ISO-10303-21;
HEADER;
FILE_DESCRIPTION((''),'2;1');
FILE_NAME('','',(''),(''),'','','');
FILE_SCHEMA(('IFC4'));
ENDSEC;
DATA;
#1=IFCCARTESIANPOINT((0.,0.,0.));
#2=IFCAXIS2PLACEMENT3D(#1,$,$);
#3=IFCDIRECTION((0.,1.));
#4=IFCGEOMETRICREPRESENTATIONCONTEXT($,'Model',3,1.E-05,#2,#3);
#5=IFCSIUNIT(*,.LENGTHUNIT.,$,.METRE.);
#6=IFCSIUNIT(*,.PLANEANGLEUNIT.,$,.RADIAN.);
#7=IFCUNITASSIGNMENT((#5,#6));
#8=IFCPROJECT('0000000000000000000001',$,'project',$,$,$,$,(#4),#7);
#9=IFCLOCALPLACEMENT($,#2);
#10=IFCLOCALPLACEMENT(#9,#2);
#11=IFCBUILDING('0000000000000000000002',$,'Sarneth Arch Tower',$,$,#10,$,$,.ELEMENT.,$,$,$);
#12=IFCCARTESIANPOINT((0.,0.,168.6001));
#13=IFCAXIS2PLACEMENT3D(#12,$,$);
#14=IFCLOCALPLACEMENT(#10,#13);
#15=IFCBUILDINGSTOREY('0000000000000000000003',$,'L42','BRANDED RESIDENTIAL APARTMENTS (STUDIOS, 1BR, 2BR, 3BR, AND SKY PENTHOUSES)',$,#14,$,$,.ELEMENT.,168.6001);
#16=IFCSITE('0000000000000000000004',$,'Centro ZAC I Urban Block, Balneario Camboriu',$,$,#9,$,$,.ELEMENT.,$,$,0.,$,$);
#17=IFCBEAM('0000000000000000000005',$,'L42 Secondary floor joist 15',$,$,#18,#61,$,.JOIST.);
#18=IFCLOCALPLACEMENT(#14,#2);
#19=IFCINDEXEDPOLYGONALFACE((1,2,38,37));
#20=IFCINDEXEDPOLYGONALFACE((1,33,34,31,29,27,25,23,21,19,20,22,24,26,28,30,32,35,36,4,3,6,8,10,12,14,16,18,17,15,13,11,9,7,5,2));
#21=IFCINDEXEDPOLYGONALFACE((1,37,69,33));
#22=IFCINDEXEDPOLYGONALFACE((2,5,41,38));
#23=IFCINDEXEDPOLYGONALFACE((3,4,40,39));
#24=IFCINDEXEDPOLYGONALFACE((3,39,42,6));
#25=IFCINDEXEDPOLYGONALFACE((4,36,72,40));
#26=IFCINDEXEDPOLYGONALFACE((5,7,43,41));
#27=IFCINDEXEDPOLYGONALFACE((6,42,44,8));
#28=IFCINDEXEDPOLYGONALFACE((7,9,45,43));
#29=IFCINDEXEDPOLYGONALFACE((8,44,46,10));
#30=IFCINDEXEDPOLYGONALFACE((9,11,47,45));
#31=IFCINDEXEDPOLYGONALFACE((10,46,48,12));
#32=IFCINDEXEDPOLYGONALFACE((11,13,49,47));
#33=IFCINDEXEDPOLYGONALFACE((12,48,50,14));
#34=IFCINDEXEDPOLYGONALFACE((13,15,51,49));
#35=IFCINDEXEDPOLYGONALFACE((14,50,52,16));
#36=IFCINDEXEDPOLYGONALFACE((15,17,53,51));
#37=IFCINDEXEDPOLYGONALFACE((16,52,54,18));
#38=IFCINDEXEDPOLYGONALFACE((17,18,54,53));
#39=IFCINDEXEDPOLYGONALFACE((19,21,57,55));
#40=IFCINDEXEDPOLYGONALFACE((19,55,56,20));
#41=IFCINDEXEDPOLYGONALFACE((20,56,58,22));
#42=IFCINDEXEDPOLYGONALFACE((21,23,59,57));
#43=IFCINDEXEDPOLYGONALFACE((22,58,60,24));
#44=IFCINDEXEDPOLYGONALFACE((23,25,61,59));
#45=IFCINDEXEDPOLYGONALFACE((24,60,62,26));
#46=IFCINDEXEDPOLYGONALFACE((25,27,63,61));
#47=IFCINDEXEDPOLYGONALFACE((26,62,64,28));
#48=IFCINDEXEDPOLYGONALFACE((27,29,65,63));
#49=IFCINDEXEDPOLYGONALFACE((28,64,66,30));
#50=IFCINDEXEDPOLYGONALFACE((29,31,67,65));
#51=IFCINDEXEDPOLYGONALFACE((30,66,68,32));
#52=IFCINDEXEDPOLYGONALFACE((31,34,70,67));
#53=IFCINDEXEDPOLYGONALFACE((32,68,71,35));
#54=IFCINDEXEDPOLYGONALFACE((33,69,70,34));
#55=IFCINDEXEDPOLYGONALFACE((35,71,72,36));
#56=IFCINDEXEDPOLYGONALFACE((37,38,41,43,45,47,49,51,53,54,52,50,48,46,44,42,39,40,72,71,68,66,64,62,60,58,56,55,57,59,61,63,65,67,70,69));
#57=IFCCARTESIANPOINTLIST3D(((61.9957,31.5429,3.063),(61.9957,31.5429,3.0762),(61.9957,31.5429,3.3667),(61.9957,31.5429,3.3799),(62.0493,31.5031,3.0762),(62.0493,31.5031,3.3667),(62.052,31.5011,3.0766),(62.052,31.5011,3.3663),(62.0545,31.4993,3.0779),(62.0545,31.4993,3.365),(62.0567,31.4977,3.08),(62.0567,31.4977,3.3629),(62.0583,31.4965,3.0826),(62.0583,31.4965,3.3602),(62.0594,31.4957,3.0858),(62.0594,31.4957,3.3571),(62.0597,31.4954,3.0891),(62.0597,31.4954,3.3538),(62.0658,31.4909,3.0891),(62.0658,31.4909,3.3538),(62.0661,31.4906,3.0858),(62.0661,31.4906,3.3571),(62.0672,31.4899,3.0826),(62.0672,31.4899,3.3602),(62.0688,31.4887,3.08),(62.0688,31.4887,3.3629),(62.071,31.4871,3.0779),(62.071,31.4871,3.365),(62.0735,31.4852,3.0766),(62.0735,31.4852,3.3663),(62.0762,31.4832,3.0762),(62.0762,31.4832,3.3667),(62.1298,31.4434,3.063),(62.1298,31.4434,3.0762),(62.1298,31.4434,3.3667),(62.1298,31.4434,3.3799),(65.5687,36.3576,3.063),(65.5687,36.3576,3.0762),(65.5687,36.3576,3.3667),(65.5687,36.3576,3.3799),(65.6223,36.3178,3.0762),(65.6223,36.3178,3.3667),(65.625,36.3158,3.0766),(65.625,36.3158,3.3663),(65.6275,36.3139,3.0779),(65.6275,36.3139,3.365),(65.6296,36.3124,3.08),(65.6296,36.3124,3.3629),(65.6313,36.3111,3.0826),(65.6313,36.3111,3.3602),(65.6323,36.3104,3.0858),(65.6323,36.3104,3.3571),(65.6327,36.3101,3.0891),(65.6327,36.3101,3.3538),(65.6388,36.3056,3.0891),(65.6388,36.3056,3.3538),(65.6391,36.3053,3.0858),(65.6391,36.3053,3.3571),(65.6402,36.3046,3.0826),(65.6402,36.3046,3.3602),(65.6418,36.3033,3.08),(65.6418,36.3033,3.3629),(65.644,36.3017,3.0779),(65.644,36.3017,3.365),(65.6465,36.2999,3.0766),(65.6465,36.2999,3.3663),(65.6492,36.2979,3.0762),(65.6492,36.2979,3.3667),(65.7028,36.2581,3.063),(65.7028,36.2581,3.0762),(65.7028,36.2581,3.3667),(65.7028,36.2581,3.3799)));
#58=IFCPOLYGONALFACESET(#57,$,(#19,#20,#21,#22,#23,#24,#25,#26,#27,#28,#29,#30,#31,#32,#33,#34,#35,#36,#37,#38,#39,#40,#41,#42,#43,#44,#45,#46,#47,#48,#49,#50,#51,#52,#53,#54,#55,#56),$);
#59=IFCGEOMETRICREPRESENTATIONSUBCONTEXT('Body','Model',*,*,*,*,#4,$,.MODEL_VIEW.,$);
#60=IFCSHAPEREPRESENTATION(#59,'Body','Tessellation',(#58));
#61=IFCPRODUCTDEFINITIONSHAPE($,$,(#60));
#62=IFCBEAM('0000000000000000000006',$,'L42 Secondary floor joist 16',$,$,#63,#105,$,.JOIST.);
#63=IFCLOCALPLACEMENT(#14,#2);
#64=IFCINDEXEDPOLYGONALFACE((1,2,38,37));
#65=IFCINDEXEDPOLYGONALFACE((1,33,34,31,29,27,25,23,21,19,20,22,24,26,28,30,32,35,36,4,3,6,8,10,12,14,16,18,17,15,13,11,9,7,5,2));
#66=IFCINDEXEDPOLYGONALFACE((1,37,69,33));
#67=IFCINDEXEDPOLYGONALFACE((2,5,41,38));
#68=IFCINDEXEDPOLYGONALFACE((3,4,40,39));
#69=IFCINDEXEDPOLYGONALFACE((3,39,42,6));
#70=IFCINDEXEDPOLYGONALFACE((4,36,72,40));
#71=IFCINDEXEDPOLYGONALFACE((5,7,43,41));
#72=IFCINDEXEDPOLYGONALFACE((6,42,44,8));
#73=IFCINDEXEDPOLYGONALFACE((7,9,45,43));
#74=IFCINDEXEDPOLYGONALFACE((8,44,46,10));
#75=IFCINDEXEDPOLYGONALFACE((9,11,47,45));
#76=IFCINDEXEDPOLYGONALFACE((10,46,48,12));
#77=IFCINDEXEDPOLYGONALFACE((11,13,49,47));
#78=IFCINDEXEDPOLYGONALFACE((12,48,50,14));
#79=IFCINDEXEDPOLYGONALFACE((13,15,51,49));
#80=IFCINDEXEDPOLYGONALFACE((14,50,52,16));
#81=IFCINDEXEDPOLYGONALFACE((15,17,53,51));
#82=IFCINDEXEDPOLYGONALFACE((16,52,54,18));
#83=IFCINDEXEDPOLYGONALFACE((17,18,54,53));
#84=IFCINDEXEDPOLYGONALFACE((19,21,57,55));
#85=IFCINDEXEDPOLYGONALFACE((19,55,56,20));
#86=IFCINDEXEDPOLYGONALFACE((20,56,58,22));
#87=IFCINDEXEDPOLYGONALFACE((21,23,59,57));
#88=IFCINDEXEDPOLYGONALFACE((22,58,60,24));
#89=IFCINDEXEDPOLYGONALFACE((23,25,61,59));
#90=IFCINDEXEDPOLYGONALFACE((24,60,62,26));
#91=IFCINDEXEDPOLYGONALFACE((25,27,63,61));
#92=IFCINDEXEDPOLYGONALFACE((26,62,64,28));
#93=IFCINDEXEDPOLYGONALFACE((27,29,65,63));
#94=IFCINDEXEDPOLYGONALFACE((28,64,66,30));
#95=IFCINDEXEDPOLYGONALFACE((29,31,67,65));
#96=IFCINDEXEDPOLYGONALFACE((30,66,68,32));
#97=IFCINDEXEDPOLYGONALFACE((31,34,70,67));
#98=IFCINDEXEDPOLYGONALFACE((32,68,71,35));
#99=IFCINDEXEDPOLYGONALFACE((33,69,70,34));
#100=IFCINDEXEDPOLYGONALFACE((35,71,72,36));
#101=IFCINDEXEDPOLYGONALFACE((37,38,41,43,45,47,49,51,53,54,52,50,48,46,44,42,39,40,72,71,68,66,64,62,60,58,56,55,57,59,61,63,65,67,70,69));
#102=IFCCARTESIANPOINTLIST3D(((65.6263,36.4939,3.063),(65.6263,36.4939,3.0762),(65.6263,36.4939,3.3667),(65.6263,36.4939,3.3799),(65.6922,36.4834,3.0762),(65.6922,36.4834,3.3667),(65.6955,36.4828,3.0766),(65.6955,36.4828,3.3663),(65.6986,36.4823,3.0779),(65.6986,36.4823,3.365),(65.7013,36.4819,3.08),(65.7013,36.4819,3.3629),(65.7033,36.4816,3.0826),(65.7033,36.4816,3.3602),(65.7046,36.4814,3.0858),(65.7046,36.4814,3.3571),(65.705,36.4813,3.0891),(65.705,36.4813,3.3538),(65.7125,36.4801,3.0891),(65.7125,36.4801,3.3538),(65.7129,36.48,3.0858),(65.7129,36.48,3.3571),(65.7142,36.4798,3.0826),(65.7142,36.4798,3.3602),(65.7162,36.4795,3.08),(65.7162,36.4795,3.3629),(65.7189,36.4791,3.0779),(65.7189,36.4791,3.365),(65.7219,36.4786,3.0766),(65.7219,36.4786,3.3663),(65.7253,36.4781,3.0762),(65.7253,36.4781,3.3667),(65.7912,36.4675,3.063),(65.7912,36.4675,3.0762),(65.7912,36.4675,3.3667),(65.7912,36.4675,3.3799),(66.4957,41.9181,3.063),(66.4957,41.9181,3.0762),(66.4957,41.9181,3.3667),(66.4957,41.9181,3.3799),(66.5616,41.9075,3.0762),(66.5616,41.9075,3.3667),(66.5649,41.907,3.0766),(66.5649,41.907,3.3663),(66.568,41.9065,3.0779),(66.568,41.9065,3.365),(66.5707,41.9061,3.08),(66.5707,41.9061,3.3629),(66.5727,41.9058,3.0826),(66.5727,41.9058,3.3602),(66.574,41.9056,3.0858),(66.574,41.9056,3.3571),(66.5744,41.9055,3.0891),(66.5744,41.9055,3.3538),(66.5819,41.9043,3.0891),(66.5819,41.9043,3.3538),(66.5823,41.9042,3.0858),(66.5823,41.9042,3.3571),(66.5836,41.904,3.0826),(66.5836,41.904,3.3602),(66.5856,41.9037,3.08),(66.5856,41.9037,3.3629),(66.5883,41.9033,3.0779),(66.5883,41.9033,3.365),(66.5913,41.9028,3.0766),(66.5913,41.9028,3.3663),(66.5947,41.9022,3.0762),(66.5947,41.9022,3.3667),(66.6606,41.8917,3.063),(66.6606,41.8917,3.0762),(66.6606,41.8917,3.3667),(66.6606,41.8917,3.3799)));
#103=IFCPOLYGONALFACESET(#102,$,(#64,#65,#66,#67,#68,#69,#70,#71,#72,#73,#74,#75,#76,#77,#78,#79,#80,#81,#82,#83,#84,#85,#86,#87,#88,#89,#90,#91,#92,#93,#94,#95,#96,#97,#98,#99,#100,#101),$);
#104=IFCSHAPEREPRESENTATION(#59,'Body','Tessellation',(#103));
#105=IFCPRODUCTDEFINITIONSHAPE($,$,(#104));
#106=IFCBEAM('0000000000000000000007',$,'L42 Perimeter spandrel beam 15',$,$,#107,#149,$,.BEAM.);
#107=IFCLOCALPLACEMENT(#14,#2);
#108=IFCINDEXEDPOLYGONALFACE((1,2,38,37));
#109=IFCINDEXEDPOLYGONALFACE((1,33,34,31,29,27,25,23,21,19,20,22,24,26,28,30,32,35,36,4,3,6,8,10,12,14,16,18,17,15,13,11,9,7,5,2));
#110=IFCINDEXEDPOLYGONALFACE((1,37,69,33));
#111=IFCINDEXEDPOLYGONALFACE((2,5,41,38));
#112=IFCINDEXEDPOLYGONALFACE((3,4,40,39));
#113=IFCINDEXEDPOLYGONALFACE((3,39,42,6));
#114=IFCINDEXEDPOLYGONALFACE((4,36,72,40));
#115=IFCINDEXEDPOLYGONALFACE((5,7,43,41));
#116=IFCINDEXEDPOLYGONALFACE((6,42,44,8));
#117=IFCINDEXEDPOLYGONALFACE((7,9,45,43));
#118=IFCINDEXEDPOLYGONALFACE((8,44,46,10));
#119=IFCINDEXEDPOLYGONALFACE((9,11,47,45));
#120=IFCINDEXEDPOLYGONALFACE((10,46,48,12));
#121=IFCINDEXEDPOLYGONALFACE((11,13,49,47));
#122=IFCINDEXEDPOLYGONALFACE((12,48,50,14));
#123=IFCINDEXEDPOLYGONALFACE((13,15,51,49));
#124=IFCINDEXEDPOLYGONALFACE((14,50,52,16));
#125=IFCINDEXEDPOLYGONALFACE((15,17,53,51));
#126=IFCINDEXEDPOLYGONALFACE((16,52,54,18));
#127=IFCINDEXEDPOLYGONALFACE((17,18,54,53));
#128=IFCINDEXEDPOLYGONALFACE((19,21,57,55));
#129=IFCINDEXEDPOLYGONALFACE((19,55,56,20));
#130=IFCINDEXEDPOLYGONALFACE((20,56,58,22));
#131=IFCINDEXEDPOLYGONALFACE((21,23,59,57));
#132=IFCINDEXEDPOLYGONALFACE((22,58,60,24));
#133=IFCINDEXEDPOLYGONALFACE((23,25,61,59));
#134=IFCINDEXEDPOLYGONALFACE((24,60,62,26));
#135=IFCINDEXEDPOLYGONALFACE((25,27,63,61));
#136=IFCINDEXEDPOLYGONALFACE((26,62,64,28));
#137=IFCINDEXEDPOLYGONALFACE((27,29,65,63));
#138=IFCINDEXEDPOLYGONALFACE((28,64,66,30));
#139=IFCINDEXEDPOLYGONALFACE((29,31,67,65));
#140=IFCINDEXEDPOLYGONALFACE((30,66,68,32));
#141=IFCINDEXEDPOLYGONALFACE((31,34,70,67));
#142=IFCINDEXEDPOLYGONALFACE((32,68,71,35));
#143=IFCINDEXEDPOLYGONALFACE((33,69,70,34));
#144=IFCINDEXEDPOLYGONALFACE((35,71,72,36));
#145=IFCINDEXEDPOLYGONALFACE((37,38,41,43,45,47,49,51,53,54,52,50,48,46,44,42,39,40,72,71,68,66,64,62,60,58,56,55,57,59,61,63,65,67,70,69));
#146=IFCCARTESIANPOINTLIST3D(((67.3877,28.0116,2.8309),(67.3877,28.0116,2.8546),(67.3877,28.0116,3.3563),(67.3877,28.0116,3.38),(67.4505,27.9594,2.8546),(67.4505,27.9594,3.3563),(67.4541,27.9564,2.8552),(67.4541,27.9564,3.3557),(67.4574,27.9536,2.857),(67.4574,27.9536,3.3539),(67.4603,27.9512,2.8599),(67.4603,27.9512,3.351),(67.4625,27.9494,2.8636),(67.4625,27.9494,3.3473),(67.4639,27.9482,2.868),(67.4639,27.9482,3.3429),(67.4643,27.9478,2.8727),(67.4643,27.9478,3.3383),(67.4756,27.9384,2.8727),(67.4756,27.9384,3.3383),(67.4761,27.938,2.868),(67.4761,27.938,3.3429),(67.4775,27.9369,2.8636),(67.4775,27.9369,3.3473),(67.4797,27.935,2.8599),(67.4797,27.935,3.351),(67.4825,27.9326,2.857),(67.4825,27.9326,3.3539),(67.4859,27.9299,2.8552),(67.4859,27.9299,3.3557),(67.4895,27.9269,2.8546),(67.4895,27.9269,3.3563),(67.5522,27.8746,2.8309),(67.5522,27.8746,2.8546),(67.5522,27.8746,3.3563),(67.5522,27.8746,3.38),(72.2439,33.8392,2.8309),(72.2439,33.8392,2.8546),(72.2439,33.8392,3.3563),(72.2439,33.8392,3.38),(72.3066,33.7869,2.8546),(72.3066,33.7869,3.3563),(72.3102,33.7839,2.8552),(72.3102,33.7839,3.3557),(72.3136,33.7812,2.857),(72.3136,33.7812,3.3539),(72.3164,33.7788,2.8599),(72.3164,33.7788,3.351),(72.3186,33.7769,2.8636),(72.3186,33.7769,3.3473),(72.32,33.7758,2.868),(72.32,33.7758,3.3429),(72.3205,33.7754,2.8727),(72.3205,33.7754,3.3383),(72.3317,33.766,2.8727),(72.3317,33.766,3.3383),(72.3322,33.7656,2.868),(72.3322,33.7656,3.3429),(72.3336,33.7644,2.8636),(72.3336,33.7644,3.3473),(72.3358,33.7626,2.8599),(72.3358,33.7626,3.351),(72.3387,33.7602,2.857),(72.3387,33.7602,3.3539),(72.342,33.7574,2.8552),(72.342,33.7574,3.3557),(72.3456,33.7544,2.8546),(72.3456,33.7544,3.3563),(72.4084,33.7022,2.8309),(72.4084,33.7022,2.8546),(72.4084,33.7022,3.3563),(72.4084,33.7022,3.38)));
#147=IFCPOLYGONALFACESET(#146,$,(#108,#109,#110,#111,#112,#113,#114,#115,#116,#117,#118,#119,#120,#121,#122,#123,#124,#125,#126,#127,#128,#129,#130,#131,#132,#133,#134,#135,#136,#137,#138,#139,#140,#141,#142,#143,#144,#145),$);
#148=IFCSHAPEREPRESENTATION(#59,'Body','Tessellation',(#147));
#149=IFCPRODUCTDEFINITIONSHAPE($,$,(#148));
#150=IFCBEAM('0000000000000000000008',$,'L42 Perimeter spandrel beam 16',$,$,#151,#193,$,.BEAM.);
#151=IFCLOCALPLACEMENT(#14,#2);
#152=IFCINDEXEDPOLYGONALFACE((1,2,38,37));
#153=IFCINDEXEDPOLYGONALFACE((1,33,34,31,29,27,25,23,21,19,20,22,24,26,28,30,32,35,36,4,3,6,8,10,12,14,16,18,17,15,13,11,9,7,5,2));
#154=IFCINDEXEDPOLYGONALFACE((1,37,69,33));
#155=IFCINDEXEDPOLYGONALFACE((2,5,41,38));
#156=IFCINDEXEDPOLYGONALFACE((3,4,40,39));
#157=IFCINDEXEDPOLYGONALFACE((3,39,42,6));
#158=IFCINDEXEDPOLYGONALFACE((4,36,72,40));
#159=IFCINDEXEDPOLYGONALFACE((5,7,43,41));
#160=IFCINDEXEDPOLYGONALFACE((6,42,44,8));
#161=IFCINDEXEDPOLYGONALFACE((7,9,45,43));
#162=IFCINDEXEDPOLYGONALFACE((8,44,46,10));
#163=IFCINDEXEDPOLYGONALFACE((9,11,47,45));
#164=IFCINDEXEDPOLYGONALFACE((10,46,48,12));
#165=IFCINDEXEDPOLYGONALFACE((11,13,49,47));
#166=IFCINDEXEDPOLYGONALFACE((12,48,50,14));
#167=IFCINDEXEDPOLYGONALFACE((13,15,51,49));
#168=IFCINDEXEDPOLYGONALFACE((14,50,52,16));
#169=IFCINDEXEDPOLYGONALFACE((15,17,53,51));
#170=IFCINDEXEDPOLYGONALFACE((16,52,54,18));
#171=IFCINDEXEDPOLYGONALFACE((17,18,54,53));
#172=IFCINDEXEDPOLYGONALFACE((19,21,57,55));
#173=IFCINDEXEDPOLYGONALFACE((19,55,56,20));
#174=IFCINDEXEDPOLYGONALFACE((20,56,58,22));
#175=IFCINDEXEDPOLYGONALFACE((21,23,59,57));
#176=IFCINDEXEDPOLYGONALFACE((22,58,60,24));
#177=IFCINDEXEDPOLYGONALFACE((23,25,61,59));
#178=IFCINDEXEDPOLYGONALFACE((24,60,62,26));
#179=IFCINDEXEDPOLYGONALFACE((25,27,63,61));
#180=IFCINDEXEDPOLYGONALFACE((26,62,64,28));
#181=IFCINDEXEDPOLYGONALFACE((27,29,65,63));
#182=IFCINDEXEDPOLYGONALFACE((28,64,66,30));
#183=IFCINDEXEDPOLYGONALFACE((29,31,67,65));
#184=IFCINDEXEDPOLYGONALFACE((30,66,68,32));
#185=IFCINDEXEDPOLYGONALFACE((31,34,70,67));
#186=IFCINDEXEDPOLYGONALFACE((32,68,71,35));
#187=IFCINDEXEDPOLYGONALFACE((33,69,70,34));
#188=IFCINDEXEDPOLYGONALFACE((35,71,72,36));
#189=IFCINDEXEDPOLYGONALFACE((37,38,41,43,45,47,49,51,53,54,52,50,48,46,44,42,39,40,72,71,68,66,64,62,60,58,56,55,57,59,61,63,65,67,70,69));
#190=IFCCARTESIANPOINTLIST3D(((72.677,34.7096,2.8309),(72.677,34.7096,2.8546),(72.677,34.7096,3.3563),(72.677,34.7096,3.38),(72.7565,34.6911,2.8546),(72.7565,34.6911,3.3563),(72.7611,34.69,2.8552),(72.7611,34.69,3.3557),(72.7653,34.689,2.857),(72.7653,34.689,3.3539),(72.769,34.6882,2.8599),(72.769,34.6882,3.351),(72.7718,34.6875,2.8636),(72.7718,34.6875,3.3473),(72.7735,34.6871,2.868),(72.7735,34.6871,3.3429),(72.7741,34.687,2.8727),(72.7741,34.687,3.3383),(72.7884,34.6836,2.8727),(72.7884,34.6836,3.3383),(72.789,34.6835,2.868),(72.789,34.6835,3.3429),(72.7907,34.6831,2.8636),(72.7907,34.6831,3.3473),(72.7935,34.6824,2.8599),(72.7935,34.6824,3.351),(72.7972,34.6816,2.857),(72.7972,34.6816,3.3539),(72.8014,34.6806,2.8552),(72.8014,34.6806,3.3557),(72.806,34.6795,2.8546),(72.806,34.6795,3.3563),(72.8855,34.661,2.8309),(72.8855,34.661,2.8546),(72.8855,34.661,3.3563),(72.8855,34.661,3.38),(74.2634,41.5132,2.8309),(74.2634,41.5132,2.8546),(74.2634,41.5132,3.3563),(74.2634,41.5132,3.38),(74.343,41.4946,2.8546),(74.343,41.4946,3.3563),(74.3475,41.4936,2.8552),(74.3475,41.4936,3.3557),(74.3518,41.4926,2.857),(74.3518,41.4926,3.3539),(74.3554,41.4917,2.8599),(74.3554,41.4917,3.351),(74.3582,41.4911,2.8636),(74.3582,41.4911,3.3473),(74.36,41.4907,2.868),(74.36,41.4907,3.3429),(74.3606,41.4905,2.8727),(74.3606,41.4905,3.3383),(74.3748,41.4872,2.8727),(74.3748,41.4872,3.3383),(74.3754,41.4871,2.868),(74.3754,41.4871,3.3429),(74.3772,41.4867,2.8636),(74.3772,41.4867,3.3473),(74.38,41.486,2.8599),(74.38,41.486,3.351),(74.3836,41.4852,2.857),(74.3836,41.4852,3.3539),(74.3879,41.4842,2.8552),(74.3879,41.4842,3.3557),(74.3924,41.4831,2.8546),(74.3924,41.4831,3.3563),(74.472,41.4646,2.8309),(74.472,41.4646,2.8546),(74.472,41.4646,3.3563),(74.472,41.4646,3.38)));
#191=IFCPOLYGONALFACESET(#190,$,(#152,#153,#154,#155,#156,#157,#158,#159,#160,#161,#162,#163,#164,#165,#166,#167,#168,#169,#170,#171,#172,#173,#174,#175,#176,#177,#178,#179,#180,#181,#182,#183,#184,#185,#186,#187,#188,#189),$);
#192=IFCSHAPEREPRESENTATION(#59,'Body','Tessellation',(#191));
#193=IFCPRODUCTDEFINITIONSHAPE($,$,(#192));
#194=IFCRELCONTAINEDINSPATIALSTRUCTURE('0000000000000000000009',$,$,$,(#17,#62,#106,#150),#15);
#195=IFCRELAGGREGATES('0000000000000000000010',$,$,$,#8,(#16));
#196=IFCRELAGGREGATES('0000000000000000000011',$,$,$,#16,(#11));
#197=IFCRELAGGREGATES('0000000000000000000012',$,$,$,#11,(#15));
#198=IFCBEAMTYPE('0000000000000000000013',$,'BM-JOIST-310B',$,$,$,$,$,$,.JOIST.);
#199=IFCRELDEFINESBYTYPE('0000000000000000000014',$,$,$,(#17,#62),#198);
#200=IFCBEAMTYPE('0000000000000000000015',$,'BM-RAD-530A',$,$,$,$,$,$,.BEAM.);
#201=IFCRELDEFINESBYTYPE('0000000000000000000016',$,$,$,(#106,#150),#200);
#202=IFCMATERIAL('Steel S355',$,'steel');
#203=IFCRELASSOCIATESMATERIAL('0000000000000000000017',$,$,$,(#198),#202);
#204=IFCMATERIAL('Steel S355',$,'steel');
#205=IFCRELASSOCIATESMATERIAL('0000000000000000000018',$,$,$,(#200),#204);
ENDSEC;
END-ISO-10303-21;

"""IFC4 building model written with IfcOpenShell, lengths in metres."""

from ifc_helpers import new_model, si_unit, direction, frame, origin, origin_2d, place, context, subcontext, project, spatial, i_section, extrude, material, material_profile, profile_set, type_object, element, save


model = new_model("IFC4")

# Units and contexts
model_context = context("Model", 3, precision=1e-05, world=origin(), true_north=direction((0.0, 1.0)))
body_context = subcontext(model_context, "Body", "Model", "MODEL_VIEW")
ifc_project = project(units=[si_unit("LENGTHUNIT", "METRE"), si_unit("PLANEANGLEUNIT", "RADIAN")], contexts=[model_context])

# Site, building, storey
site_placement = place(None, origin())
site = spatial("IfcSite", under=ifc_project, at=site_placement, Name="Centro ZAC I Urban Block, Balneario Camboriu", CompositionType="ELEMENT", RefElevation=0.0)
building_placement = place(site_placement, origin())
building = spatial("IfcBuilding", under=site, at=building_placement, Name="Sarneth Arch Tower", CompositionType="ELEMENT")
storey_placement = place(building_placement, frame((0.0, 0.0, 168.6001)))
storey = spatial("IfcBuildingStorey", under=building, at=storey_placement, Name="L42", Description="BRANDED RESIDENTIAL APARTMENTS (STUDIOS, 1BR, 2BR, 3BR, AND SKY PENTHOUSES)", CompositionType="ELEMENT", Elevation=168.6001)

# Beams
ifc_material_1 = material(Name="Steel S355", Category="steel")
ifc_material_profile_1 = material_profile(ifc_material_1, i_section(OverallWidth=0.167, OverallDepth=0.3169, WebThickness=0.0076, FlangeThickness=0.0132, FilletRadius=0.0129, at=origin_2d()), Name="W310x52")
ifc_profile_set_1 = profile_set([ifc_material_profile_1], Name="Steel S355")
beam_type_1 = type_object("IfcBeamType", Name="BM-JOIST-310B", PredefinedType="JOIST", material=ifc_profile_set_1)
beam_1_placement = place(storey_placement, frame((62.0627, 31.4932, 3.2214), z_axis=(0.595933, 0.803034, 0.0), x_axis=(-0.803034, 0.595933, 0.0)))
element("IfcBeam", 1, at=beam_1_placement, inside=storey, type_object=beam_type_1, Name="L42 Secondary floor joist 15", PredefinedType="JOIST", context=body_context, shape_type="SweptSolid", body=[
    extrude(i_section(OverallWidth=0.167, OverallDepth=0.3169, WebThickness=0.0076, FlangeThickness=0.0132, FilletRadius=0.0129, at=origin_2d()), origin(), (0.0, 0.0, 1.0), 5.9956),
])
beam_2_placement = place(storey_placement, frame((65.7087, 36.4807, 3.2214), z_axis=(0.158263, 0.987397, 0.0), x_axis=(-0.987397, 0.158263, 0.0)))
element("IfcBeam", 2, at=beam_2_placement, inside=storey, type_object=beam_type_1, Name="L42 Secondary floor joist 16", PredefinedType="JOIST", context=body_context, shape_type="SweptSolid", body=[
    extrude(i_section(OverallWidth=0.167, OverallDepth=0.3169, WebThickness=0.0076, FlangeThickness=0.0132, FilletRadius=0.0129, at=origin_2d()), origin(), (0.0, 0.0, 1.0), 5.4934),
])
ifc_material_2 = material(Name="Steel S355", Category="steel")
ifc_material_profile_2 = material_profile(ifc_material_2, i_section(OverallWidth=0.2141, OverallDepth=0.5491, WebThickness=0.0146, FlangeThickness=0.0237, FilletRadius=0.0181, at=origin_2d()), Name="W530x138")
ifc_profile_set_2 = profile_set([ifc_material_profile_2], Name="Steel S355")
beam_type_2 = type_object("IfcBeamType", Name="BM-RAD-530A", PredefinedType="BEAM", material=ifc_profile_set_2)
beam_3_placement = place(storey_placement, frame((67.47, 27.9431, 3.1055), z_axis=(0.640172, 0.768232, 0.0), x_axis=(-0.768232, 0.640172, 0.0)))
element("IfcBeam", 3, at=beam_3_placement, inside=storey, type_object=beam_type_2, Name="L42 Perimeter spandrel beam 15", PredefinedType="BEAM", context=body_context, shape_type="SweptSolid", body=[
    extrude(i_section(OverallWidth=0.2141, OverallDepth=0.5491, WebThickness=0.0146, FlangeThickness=0.0237, FilletRadius=0.0181, at=origin_2d()), origin(), (0.0, 0.0, 1.0), 7.5857),
])
beam_4_placement = place(storey_placement, frame((72.7812, 34.6853, 3.1055), z_axis=(0.227087, 0.973874, 0.0), x_axis=(-0.973874, 0.227087, 0.0)))
element("IfcBeam", 4, at=beam_4_placement, inside=storey, type_object=beam_type_2, Name="L42 Perimeter spandrel beam 16", PredefinedType="BEAM", context=body_context, shape_type="SweptSolid", body=[
    extrude(i_section(OverallWidth=0.2141, OverallDepth=0.5491, WebThickness=0.0146, FlangeThickness=0.0237, FilletRadius=0.0181, at=origin_2d()), origin(), (0.0, 0.0, 1.0), 6.9861),
])

save(model, "model.ifc")
